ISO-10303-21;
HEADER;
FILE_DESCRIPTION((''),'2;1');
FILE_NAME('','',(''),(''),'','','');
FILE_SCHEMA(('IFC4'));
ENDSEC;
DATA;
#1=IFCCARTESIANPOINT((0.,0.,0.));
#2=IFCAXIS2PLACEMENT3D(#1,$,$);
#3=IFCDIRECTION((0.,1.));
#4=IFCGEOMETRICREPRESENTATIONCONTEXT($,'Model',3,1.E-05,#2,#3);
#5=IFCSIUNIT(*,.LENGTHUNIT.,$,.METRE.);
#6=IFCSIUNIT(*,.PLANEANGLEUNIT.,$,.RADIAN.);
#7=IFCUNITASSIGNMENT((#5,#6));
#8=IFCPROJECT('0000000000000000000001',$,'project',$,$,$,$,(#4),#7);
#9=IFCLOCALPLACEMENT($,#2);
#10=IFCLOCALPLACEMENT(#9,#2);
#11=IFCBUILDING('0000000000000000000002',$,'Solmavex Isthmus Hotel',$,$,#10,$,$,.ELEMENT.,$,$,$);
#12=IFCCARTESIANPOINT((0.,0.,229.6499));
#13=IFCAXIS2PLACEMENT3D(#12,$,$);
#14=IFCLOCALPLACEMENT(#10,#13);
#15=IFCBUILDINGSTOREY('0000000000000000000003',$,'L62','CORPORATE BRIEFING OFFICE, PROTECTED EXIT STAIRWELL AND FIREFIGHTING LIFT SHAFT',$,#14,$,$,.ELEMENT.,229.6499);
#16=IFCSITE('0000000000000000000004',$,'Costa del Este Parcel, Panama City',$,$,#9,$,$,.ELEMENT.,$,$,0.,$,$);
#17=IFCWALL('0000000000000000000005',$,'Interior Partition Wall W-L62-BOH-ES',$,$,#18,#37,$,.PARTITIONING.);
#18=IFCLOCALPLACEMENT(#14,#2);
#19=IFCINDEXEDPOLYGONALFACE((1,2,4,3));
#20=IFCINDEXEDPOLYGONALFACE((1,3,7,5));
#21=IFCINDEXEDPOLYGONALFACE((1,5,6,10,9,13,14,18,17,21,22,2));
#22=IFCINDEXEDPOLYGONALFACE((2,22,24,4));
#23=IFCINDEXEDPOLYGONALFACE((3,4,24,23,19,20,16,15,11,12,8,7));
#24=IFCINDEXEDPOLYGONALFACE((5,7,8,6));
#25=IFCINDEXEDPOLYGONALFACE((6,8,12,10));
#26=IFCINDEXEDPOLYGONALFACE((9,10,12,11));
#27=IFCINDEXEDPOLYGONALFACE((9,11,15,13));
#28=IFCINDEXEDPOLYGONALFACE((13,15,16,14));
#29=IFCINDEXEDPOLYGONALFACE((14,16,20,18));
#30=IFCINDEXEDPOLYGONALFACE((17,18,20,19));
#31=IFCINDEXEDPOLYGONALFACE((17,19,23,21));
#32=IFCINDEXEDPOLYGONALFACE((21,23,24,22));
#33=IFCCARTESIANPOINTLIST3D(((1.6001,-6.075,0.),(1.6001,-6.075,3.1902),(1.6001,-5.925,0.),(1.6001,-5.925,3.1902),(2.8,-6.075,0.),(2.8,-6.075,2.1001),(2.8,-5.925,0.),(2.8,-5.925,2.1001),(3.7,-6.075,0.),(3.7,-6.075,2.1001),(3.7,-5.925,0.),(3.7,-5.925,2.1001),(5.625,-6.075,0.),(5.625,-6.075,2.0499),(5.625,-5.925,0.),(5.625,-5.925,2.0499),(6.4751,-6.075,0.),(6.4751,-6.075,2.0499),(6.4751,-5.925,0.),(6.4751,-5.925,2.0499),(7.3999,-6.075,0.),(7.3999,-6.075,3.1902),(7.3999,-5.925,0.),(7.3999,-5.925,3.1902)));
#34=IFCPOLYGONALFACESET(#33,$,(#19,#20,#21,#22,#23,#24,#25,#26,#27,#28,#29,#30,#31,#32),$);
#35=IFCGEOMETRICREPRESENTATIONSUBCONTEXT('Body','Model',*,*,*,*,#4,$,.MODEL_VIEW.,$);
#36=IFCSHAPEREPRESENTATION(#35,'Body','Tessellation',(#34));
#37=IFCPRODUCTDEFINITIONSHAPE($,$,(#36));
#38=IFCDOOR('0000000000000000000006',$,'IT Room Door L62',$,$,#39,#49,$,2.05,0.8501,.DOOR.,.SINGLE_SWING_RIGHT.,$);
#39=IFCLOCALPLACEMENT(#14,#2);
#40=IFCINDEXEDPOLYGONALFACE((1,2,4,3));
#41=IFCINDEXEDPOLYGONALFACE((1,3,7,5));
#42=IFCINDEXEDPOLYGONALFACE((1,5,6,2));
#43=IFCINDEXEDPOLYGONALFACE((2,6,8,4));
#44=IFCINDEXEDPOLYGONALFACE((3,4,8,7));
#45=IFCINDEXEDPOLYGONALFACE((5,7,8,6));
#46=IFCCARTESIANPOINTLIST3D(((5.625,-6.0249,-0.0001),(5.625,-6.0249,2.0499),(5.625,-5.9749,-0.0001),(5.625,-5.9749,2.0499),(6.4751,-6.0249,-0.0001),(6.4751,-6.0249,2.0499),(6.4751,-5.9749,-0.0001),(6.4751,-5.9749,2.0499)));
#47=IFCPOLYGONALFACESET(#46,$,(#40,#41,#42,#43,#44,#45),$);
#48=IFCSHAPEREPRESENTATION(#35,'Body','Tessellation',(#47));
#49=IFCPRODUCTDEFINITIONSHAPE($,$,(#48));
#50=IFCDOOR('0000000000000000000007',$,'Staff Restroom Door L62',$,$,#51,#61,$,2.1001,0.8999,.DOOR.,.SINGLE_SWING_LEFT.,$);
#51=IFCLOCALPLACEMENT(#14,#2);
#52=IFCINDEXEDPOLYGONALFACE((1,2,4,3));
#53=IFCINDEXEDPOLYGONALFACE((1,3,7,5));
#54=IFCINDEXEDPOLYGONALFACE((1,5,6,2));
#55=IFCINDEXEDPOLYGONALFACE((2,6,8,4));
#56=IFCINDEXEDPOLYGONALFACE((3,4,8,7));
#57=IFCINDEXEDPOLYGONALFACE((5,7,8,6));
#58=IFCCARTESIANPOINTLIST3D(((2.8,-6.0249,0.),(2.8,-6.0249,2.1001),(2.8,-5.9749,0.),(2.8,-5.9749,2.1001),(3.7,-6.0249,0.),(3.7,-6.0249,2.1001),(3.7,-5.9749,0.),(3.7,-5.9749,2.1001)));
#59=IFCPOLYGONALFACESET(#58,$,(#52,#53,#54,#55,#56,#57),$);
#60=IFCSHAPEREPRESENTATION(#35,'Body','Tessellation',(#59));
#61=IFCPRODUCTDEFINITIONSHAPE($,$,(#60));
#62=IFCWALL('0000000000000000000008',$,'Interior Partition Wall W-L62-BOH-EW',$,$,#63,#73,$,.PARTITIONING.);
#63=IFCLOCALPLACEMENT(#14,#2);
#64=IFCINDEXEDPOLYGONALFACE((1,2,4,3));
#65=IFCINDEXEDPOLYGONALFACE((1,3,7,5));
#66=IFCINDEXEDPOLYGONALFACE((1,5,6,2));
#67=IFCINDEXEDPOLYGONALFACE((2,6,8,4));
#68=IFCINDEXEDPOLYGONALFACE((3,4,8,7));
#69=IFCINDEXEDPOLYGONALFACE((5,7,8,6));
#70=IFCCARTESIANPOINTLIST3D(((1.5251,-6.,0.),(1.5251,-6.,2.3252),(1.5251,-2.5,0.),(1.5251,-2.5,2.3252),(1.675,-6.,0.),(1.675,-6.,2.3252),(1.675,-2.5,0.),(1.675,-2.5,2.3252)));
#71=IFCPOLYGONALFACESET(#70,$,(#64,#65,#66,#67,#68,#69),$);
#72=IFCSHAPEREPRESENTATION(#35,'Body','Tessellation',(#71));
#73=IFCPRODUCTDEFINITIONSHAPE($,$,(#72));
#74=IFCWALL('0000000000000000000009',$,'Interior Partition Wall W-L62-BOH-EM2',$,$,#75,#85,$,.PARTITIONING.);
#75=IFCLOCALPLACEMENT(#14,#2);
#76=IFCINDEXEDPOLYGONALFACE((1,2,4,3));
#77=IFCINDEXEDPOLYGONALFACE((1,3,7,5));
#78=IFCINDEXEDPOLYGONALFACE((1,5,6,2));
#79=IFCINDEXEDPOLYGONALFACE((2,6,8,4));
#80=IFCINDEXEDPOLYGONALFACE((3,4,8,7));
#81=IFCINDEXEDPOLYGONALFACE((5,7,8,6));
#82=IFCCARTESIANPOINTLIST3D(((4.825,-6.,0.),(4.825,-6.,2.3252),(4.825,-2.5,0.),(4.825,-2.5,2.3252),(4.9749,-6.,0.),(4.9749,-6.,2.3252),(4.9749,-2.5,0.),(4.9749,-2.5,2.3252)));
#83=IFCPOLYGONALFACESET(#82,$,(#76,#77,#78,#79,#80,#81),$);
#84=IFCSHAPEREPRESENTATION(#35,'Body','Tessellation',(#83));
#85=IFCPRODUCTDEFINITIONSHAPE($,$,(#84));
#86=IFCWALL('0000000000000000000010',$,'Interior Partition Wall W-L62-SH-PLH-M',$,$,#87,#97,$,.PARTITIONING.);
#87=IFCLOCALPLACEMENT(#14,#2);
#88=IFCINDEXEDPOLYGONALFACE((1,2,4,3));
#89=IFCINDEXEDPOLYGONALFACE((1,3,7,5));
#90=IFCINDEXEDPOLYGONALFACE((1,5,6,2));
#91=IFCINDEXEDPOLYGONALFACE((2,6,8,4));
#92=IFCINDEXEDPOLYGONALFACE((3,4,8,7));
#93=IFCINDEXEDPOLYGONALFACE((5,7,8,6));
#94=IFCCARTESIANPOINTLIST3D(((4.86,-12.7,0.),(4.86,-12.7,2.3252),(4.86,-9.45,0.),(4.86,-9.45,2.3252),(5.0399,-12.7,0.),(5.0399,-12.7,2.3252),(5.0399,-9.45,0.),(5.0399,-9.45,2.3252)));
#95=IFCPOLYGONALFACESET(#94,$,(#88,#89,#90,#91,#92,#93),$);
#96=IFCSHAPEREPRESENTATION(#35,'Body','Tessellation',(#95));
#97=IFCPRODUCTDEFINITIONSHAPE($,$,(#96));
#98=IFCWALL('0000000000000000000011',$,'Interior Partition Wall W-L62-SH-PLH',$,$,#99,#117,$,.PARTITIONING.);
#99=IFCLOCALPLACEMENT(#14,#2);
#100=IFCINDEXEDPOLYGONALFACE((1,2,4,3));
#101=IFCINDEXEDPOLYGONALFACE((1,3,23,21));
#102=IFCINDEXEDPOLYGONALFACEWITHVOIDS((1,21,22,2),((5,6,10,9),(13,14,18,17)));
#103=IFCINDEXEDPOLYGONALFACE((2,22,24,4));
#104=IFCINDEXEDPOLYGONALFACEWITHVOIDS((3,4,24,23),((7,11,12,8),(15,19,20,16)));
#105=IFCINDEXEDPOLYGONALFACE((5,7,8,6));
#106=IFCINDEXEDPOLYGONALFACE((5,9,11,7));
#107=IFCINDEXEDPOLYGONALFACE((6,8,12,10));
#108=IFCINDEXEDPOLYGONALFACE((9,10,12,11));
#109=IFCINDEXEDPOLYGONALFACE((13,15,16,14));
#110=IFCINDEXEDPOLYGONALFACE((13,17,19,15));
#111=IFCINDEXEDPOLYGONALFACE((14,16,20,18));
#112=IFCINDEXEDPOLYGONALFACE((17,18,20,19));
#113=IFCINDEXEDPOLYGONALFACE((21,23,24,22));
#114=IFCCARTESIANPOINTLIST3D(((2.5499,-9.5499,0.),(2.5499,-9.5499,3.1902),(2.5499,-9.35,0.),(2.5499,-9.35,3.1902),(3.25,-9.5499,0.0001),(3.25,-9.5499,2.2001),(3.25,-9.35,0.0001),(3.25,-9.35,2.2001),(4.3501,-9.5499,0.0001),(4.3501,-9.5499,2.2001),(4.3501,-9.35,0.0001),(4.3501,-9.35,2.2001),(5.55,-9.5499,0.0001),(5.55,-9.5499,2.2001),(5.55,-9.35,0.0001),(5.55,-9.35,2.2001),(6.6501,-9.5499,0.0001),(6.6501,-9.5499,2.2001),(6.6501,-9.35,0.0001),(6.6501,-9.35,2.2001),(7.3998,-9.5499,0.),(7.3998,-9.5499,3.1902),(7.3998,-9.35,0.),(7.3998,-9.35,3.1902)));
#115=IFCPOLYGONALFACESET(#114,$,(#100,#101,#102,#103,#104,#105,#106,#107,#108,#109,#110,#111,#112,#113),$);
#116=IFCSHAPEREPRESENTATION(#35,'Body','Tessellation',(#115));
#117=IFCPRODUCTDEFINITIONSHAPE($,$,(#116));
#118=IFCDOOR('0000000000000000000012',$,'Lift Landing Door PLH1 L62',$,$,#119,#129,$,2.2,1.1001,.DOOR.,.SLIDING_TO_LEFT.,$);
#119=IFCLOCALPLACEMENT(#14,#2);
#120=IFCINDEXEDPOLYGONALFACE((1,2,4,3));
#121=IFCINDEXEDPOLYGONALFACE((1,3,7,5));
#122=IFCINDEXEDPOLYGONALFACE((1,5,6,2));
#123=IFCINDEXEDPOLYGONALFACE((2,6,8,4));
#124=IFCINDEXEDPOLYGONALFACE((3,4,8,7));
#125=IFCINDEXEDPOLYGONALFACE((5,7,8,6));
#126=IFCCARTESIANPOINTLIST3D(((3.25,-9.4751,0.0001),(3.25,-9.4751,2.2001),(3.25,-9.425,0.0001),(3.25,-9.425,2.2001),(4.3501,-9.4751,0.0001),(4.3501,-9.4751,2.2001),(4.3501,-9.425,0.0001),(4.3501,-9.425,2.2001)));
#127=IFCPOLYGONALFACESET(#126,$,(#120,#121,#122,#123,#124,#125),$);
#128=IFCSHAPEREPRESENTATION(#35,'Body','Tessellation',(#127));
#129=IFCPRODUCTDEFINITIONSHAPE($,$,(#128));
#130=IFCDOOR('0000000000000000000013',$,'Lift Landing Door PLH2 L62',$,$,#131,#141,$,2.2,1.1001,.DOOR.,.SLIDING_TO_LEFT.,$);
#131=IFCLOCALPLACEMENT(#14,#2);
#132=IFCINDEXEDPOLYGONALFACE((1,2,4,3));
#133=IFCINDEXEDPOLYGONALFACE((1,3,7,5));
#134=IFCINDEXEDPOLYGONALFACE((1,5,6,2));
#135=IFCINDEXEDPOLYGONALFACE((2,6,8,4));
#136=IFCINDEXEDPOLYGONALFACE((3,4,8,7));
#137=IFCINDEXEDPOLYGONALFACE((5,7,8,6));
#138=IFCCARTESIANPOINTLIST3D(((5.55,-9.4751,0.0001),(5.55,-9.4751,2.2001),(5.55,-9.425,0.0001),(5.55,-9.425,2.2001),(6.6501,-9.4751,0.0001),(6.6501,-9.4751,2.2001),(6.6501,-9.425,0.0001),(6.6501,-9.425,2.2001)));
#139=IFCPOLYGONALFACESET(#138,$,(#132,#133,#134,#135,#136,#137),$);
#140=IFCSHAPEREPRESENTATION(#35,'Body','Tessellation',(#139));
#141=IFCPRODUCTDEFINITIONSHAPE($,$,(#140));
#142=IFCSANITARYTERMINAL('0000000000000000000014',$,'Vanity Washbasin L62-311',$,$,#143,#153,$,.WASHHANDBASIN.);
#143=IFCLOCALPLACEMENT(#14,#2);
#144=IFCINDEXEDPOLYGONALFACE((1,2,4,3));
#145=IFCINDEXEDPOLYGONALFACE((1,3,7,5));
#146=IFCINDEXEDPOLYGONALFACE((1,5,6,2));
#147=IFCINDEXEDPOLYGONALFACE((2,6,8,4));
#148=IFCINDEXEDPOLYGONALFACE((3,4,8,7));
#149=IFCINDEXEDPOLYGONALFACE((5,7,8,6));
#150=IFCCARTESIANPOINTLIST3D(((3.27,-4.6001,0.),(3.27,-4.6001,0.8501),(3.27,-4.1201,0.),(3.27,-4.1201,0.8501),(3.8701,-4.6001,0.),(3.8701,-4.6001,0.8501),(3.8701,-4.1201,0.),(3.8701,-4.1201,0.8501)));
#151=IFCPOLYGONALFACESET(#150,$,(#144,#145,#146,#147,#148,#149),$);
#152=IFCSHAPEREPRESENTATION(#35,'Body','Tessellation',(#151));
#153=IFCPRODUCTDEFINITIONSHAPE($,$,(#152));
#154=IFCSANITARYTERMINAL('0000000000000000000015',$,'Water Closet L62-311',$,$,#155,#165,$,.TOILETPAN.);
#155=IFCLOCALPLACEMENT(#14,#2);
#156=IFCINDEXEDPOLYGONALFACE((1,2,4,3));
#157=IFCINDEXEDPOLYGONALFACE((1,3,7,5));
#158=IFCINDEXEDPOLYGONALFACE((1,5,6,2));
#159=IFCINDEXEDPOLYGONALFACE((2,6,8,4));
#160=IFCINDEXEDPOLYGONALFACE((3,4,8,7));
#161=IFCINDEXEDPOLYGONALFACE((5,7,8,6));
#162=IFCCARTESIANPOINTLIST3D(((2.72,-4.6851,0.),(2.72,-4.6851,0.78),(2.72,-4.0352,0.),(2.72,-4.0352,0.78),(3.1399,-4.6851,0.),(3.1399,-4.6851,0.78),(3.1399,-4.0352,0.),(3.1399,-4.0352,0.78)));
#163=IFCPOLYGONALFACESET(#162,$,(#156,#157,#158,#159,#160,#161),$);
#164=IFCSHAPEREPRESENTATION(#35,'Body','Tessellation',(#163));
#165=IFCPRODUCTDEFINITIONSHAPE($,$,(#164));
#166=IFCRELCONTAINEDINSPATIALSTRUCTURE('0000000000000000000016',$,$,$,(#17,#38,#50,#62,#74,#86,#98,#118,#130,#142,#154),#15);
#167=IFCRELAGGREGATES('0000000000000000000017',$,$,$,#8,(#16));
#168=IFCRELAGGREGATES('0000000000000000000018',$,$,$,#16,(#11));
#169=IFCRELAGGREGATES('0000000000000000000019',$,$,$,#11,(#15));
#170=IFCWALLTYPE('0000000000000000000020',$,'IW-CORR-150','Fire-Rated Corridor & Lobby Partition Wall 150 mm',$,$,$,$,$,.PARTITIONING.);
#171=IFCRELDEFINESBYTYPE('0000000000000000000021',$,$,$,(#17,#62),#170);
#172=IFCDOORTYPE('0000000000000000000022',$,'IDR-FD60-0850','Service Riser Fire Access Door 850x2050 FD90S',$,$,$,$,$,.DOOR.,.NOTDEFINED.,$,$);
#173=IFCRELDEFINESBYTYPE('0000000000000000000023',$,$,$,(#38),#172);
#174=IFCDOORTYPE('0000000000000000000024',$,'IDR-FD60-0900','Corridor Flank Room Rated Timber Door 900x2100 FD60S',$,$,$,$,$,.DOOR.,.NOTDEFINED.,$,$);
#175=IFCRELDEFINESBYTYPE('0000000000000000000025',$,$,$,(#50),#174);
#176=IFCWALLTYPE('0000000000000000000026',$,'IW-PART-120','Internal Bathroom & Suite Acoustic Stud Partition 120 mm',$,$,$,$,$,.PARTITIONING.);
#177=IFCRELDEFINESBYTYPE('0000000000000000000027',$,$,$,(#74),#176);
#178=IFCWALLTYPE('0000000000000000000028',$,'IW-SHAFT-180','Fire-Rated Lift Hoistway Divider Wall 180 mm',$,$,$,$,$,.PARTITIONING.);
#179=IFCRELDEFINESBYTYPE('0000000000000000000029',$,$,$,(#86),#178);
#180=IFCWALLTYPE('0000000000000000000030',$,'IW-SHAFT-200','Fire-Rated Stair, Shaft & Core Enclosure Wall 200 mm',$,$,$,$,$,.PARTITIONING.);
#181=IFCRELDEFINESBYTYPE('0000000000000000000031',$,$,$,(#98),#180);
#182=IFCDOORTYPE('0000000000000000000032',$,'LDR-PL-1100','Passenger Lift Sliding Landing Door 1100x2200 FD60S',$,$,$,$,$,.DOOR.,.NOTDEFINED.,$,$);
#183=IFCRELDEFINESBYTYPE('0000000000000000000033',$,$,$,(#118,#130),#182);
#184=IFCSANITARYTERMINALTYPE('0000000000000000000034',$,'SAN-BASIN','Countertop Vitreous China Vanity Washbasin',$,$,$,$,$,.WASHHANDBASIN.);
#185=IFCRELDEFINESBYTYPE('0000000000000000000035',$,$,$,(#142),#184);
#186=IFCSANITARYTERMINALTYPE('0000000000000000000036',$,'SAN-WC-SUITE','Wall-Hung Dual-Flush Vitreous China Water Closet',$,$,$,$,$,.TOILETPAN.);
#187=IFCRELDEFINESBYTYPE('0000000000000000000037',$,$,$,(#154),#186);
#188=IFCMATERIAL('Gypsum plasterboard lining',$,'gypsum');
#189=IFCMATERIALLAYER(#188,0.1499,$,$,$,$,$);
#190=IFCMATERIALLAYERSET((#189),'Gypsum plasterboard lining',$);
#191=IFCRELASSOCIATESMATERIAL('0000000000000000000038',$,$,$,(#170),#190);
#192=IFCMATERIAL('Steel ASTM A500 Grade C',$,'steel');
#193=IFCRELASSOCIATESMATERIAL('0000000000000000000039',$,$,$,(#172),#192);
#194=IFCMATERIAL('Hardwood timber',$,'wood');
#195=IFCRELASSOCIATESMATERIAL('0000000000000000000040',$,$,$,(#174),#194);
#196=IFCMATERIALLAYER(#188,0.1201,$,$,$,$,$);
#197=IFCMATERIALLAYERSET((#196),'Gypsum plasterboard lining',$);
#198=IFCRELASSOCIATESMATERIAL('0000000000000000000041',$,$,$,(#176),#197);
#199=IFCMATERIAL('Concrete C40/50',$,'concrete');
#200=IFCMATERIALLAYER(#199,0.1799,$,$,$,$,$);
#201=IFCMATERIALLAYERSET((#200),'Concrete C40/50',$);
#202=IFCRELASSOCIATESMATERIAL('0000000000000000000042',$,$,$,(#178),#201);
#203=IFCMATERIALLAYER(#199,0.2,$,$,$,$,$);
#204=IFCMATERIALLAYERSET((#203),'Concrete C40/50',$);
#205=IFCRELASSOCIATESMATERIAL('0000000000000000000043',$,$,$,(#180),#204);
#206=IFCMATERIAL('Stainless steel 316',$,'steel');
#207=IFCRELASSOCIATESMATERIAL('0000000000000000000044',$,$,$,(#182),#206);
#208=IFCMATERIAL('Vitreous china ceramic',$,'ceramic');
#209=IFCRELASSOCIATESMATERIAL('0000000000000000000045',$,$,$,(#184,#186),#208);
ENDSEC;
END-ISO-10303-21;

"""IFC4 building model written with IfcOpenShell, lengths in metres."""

from ifc_helpers import new_model, si_unit, direction, frame, frame_2d, origin, origin_2d, place, context, subcontext, project, spatial, rectangle, extrude, material, layer, layer_set, type_object, element, fill, save


model = new_model("IFC4")

# Units and contexts
model_context = context("Model", 3, precision=1e-05, world=origin(), true_north=direction((0.0, 1.0)))
body_context = subcontext(model_context, "Body", "Model", "MODEL_VIEW")
ifc_project = project(units=[si_unit("LENGTHUNIT", "METRE"), si_unit("PLANEANGLEUNIT", "RADIAN")], contexts=[model_context])

# Site, building, storey
site_placement = place(None, origin())
site = spatial("IfcSite", under=ifc_project, at=site_placement, Name="Costa del Este Parcel, Panama City", CompositionType="ELEMENT", RefElevation=0.0)
building_placement = place(site_placement, origin())
building = spatial("IfcBuilding", under=site, at=building_placement, Name="Solmavex Isthmus Hotel", CompositionType="ELEMENT")
storey_placement = place(building_placement, frame((0.0, 0.0, 229.6499)))
storey = spatial("IfcBuildingStorey", under=building, at=storey_placement, Name="L62", Description="CORPORATE BRIEFING OFFICE, PROTECTED EXIT STAIRWELL AND FIREFIGHTING LIFT SHAFT", CompositionType="ELEMENT", Elevation=229.6499)

# Shared definitions
ifc_material_1 = material(Name="Gypsum plasterboard lining", Category="gypsum")

# Wall, openings, doors
ifc_layer_1 = layer(ifc_material_1, 0.1499)
ifc_layer_set_1 = layer_set([ifc_layer_1], Name="Gypsum plasterboard lining")
wall_type_1 = type_object("IfcWallType", Name="IW-CORR-150", Description="Fire-Rated Corridor & Lobby Partition Wall 150 mm", PredefinedType="PARTITIONING", material=ifc_layer_set_1)
wall_1_placement = place(storey_placement, frame((1.6001, -6.0, 0.0), z_axis=(0.0, 0.0, 1.0), x_axis=(1.0, 0.0, 0.0)))
wall_1 = element("IfcWall", 1, at=wall_1_placement, inside=storey, type_object=wall_type_1, Name="Interior Partition Wall W-L62-BOH-ES", PredefinedType="PARTITIONING", context=body_context, shape_type="SweptSolid", body=[
    extrude(rectangle(XDim=5.7998, YDim=0.1499, at=frame_2d((2.8999, 0.0))), origin(), (0.0, 0.0, 1.0), 3.1902),
])
opening_1_placement = place(wall_1_placement, frame((1.2, 0.0, 0.0)))
opening_1 = element("IfcOpeningElement", 2, at=opening_1_placement, cuts=wall_1, PredefinedType="OPENING", context=body_context, shape_type="SweptSolid", body=[
    extrude(rectangle(XDim=0.8999, YDim=2.1001, at=frame_2d((0.45, 1.05))), frame((0.0, 0.085, 0.0), z_axis=(0.0, -1.0, 0.0), x_axis=(1.0, 0.0, 0.0)), (0.0, 0.0, 1.0), 0.1699),
])
opening_2_placement = place(wall_1_placement, frame((4.0249, 0.0, 0.0)))
opening_2 = element("IfcOpeningElement", 3, at=opening_2_placement, cuts=wall_1, PredefinedType="OPENING", context=body_context, shape_type="SweptSolid", body=[
    extrude(rectangle(XDim=0.8501, YDim=2.05, at=frame_2d((0.425, 1.0249))), frame((0.0, 0.085, 0.0), z_axis=(0.0, -1.0, 0.0), x_axis=(1.0, 0.0, 0.0)), (0.0, 0.0, 1.0), 0.1699),
])
ifc_material_2 = material(Name="Steel ASTM A500 Grade C", Category="steel")
door_type_1 = type_object("IfcDoorType", Name="IDR-FD60-0850", Description="Service Riser Fire Access Door 850x2050 FD90S", OperationType="NOTDEFINED", PredefinedType="DOOR", material=ifc_material_2)
door_1_placement = place(opening_2_placement, frame((0.8501, 0.0, 0.0), z_axis=(0.0, 0.0, 1.0), x_axis=(-1.0, 0.0, 0.0)))
door_1 = element("IfcDoor", 4, at=door_1_placement, inside=storey, type_object=door_type_1, Name="IT Room Door L62", OperationType="SINGLE_SWING_RIGHT", OverallHeight=2.05, OverallWidth=0.8501, PredefinedType="DOOR", context=body_context, shape_type="SweptSolid", body=[
    extrude(rectangle(XDim=0.8501, YDim=2.05, at=frame_2d((0.425, 1.0249))), frame((0.0, 0.0249, 0.0), z_axis=(0.0, -1.0, 0.0), x_axis=(1.0, 0.0, 0.0)), (0.0, 0.0, 1.0), 0.05),
])
fill(opening_2, door_1)
ifc_material_3 = material(Name="Hardwood timber", Category="wood")
door_type_2 = type_object("IfcDoorType", Name="IDR-FD60-0900", Description="Corridor Flank Room Rated Timber Door 900x2100 FD60S", OperationType="NOTDEFINED", PredefinedType="DOOR", material=ifc_material_3)
door_2_placement = place(opening_1_placement, frame((0.8999, 0.0, 0.0), z_axis=(0.0, 0.0, 1.0), x_axis=(-1.0, 0.0, 0.0)))
door_2 = element("IfcDoor", 5, at=door_2_placement, inside=storey, type_object=door_type_2, Name="Staff Restroom Door L62", OperationType="SINGLE_SWING_LEFT", OverallHeight=2.1001, OverallWidth=0.8999, PredefinedType="DOOR", context=body_context, shape_type="SweptSolid", body=[
    extrude(rectangle(XDim=0.8999, YDim=2.1001, at=frame_2d((0.45, 1.05))), frame((0.0, 0.0249, 0.0), z_axis=(0.0, -1.0, 0.0), x_axis=(1.0, 0.0, 0.0)), (0.0, 0.0, 1.0), 0.05),
])
fill(opening_1, door_2)

# Walls
wall_2_placement = place(storey_placement, frame((1.6001, -6.0, 0.0), z_axis=(0.0, 0.0, 1.0), x_axis=(0.0, 1.0, 0.0)))
element("IfcWall", 6, at=wall_2_placement, inside=storey, type_object=wall_type_1, Name="Interior Partition Wall W-L62-BOH-EW", PredefinedType="PARTITIONING", context=body_context, shape_type="SweptSolid", body=[
    extrude(rectangle(XDim=3.5, YDim=0.1499, at=frame_2d((1.75, 0.0))), origin(), (0.0, 0.0, 1.0), 2.3252),
])
ifc_layer_2 = layer(ifc_material_1, 0.1201)
ifc_layer_set_2 = layer_set([ifc_layer_2], Name="Gypsum plasterboard lining")
wall_type_2 = type_object("IfcWallType", Name="IW-PART-120", Description="Internal Bathroom & Suite Acoustic Stud Partition 120 mm", PredefinedType="PARTITIONING", material=ifc_layer_set_2)
wall_3_placement = place(storey_placement, frame((4.8999, -6.0, 0.0), z_axis=(0.0, 0.0, 1.0), x_axis=(0.0, 1.0, 0.0)))
element("IfcWall", 7, at=wall_3_placement, inside=storey, type_object=wall_type_2, Name="Interior Partition Wall W-L62-BOH-EM2", PredefinedType="PARTITIONING", context=body_context, shape_type="SweptSolid", body=[
    extrude(rectangle(XDim=3.5, YDim=0.1499, at=frame_2d((1.75, 0.0))), origin(), (0.0, 0.0, 1.0), 2.3252),
])
ifc_material_4 = material(Name="Concrete C40/50", Category="concrete")
ifc_layer_3 = layer(ifc_material_4, 0.1799)
ifc_layer_set_3 = layer_set([ifc_layer_3], Name="Concrete C40/50")
wall_type_3 = type_object("IfcWallType", Name="IW-SHAFT-180", Description="Fire-Rated Lift Hoistway Divider Wall 180 mm", PredefinedType="PARTITIONING", material=ifc_layer_set_3)
wall_4_placement = place(storey_placement, frame((4.95, -12.7, 0.0), z_axis=(0.0, 0.0, 1.0), x_axis=(0.0, 1.0, 0.0)))
element("IfcWall", 8, at=wall_4_placement, inside=storey, type_object=wall_type_3, Name="Interior Partition Wall W-L62-SH-PLH-M", PredefinedType="PARTITIONING", context=body_context, shape_type="SweptSolid", body=[
    extrude(rectangle(XDim=3.25, YDim=0.1799, at=frame_2d((1.625, 0.0))), origin(), (0.0, 0.0, 1.0), 2.3252),
])

# Wall, openings, doors
ifc_layer_4 = layer(ifc_material_4, 0.2)
ifc_layer_set_4 = layer_set([ifc_layer_4], Name="Concrete C40/50")
wall_type_4 = type_object("IfcWallType", Name="IW-SHAFT-200", Description="Fire-Rated Stair, Shaft & Core Enclosure Wall 200 mm", PredefinedType="PARTITIONING", material=ifc_layer_set_4)
wall_5_placement = place(storey_placement, frame((2.55, -9.45, 0.0), z_axis=(0.0, 0.0, 1.0), x_axis=(1.0, 0.0, 0.0)))
wall_5 = element("IfcWall", 9, at=wall_5_placement, inside=storey, type_object=wall_type_4, Name="Interior Partition Wall W-L62-SH-PLH", PredefinedType="PARTITIONING", context=body_context, shape_type="SweptSolid", body=[
    extrude(rectangle(XDim=4.8499, YDim=0.2, at=frame_2d((2.4248, 0.0))), origin(), (0.0, 0.0, 1.0), 3.1902),
])
opening_3_placement = place(wall_5_placement, frame((0.7, 0.0, 0.0)))
opening_3 = element("IfcOpeningElement", 10, at=opening_3_placement, cuts=wall_5, PredefinedType="OPENING", context=body_context, shape_type="SweptSolid", body=[
    extrude(rectangle(XDim=1.1001, YDim=2.2, at=frame_2d((0.55, 1.1001))), frame((0.0, 0.1099, 0.0), z_axis=(0.0, -1.0, 0.0), x_axis=(1.0, 0.0, 0.0)), (0.0, 0.0, 1.0), 0.22),
])
opening_4_placement = place(wall_5_placement, frame((3.0, 0.0, 0.0)))
opening_4 = element("IfcOpeningElement", 11, at=opening_4_placement, cuts=wall_5, PredefinedType="OPENING", context=body_context, shape_type="SweptSolid", body=[
    extrude(rectangle(XDim=1.1001, YDim=2.2, at=frame_2d((0.55, 1.1001))), frame((0.0, 0.1099, 0.0), z_axis=(0.0, -1.0, 0.0), x_axis=(1.0, 0.0, 0.0)), (0.0, 0.0, 1.0), 0.22),
])
ifc_material_5 = material(Name="Stainless steel 316", Category="steel")
door_type_3 = type_object("IfcDoorType", Name="LDR-PL-1100", Description="Passenger Lift Sliding Landing Door 1100x2200 FD60S", OperationType="NOTDEFINED", PredefinedType="DOOR", material=ifc_material_5)
door_3_placement = place(opening_3_placement, origin())
door_3 = element("IfcDoor", 12, at=door_3_placement, inside=storey, type_object=door_type_3, Name="Lift Landing Door PLH1 L62", OperationType="SLIDING_TO_LEFT", OverallHeight=2.2, OverallWidth=1.1001, PredefinedType="DOOR", context=body_context, shape_type="SweptSolid", body=[
    extrude(rectangle(XDim=1.1001, YDim=2.2, at=frame_2d((0.55, 1.1001))), frame((0.0, 0.0249, 0.0), z_axis=(0.0, -1.0, 0.0), x_axis=(1.0, 0.0, 0.0)), (0.0, 0.0, 1.0), 0.05),
])
fill(opening_3, door_3)
door_4_placement = place(opening_4_placement, origin())
door_4 = element("IfcDoor", 13, at=door_4_placement, inside=storey, type_object=door_type_3, Name="Lift Landing Door PLH2 L62", OperationType="SLIDING_TO_LEFT", OverallHeight=2.2, OverallWidth=1.1001, PredefinedType="DOOR", context=body_context, shape_type="SweptSolid", body=[
    extrude(rectangle(XDim=1.1001, YDim=2.2, at=frame_2d((0.55, 1.1001))), frame((0.0, 0.0249, 0.0), z_axis=(0.0, -1.0, 0.0), x_axis=(1.0, 0.0, 0.0)), (0.0, 0.0, 1.0), 0.05),
])
fill(opening_4, door_4)

# Sanitary terminals
ifc_material_6 = material(Name="Vitreous china ceramic", Category="ceramic")
sanitary_terminal_type_1 = type_object("IfcSanitaryTerminalType", Name="SAN-BASIN", Description="Countertop Vitreous China Vanity Washbasin", PredefinedType="WASHHANDBASIN", material=ifc_material_6)
sanitary_terminal_1_placement = place(storey_placement, frame((3.5701, -4.3601, 0.0), z_axis=(0.0, 0.0, 1.0), x_axis=(1.0, 0.0, 0.0)))
element("IfcSanitaryTerminal", 14, at=sanitary_terminal_1_placement, inside=storey, type_object=sanitary_terminal_type_1, Name="Vanity Washbasin L62-311", PredefinedType="WASHHANDBASIN", context=body_context, shape_type="SweptSolid", body=[
    extrude(rectangle(XDim=0.6001, YDim=0.48, at=origin_2d()), origin(), (0.0, 0.0, 1.0), 0.8501),
])
sanitary_terminal_type_2 = type_object("IfcSanitaryTerminalType", Name="SAN-WC-SUITE", Description="Wall-Hung Dual-Flush Vitreous China Water Closet", PredefinedType="TOILETPAN", material=ifc_material_6)
sanitary_terminal_2_placement = place(storey_placement, frame((2.9299, -4.3601, 0.0), z_axis=(0.0, 0.0, 1.0), x_axis=(1.0, 0.0, 0.0)))
element("IfcSanitaryTerminal", 15, at=sanitary_terminal_2_placement, inside=storey, type_object=sanitary_terminal_type_2, Name="Water Closet L62-311", PredefinedType="TOILETPAN", context=body_context, shape_type="SweptSolid", body=[
    extrude(rectangle(XDim=0.4199, YDim=0.6499, at=origin_2d()), origin(), (0.0, 0.0, 1.0), 0.78),
])

save(model, "model.ifc")
